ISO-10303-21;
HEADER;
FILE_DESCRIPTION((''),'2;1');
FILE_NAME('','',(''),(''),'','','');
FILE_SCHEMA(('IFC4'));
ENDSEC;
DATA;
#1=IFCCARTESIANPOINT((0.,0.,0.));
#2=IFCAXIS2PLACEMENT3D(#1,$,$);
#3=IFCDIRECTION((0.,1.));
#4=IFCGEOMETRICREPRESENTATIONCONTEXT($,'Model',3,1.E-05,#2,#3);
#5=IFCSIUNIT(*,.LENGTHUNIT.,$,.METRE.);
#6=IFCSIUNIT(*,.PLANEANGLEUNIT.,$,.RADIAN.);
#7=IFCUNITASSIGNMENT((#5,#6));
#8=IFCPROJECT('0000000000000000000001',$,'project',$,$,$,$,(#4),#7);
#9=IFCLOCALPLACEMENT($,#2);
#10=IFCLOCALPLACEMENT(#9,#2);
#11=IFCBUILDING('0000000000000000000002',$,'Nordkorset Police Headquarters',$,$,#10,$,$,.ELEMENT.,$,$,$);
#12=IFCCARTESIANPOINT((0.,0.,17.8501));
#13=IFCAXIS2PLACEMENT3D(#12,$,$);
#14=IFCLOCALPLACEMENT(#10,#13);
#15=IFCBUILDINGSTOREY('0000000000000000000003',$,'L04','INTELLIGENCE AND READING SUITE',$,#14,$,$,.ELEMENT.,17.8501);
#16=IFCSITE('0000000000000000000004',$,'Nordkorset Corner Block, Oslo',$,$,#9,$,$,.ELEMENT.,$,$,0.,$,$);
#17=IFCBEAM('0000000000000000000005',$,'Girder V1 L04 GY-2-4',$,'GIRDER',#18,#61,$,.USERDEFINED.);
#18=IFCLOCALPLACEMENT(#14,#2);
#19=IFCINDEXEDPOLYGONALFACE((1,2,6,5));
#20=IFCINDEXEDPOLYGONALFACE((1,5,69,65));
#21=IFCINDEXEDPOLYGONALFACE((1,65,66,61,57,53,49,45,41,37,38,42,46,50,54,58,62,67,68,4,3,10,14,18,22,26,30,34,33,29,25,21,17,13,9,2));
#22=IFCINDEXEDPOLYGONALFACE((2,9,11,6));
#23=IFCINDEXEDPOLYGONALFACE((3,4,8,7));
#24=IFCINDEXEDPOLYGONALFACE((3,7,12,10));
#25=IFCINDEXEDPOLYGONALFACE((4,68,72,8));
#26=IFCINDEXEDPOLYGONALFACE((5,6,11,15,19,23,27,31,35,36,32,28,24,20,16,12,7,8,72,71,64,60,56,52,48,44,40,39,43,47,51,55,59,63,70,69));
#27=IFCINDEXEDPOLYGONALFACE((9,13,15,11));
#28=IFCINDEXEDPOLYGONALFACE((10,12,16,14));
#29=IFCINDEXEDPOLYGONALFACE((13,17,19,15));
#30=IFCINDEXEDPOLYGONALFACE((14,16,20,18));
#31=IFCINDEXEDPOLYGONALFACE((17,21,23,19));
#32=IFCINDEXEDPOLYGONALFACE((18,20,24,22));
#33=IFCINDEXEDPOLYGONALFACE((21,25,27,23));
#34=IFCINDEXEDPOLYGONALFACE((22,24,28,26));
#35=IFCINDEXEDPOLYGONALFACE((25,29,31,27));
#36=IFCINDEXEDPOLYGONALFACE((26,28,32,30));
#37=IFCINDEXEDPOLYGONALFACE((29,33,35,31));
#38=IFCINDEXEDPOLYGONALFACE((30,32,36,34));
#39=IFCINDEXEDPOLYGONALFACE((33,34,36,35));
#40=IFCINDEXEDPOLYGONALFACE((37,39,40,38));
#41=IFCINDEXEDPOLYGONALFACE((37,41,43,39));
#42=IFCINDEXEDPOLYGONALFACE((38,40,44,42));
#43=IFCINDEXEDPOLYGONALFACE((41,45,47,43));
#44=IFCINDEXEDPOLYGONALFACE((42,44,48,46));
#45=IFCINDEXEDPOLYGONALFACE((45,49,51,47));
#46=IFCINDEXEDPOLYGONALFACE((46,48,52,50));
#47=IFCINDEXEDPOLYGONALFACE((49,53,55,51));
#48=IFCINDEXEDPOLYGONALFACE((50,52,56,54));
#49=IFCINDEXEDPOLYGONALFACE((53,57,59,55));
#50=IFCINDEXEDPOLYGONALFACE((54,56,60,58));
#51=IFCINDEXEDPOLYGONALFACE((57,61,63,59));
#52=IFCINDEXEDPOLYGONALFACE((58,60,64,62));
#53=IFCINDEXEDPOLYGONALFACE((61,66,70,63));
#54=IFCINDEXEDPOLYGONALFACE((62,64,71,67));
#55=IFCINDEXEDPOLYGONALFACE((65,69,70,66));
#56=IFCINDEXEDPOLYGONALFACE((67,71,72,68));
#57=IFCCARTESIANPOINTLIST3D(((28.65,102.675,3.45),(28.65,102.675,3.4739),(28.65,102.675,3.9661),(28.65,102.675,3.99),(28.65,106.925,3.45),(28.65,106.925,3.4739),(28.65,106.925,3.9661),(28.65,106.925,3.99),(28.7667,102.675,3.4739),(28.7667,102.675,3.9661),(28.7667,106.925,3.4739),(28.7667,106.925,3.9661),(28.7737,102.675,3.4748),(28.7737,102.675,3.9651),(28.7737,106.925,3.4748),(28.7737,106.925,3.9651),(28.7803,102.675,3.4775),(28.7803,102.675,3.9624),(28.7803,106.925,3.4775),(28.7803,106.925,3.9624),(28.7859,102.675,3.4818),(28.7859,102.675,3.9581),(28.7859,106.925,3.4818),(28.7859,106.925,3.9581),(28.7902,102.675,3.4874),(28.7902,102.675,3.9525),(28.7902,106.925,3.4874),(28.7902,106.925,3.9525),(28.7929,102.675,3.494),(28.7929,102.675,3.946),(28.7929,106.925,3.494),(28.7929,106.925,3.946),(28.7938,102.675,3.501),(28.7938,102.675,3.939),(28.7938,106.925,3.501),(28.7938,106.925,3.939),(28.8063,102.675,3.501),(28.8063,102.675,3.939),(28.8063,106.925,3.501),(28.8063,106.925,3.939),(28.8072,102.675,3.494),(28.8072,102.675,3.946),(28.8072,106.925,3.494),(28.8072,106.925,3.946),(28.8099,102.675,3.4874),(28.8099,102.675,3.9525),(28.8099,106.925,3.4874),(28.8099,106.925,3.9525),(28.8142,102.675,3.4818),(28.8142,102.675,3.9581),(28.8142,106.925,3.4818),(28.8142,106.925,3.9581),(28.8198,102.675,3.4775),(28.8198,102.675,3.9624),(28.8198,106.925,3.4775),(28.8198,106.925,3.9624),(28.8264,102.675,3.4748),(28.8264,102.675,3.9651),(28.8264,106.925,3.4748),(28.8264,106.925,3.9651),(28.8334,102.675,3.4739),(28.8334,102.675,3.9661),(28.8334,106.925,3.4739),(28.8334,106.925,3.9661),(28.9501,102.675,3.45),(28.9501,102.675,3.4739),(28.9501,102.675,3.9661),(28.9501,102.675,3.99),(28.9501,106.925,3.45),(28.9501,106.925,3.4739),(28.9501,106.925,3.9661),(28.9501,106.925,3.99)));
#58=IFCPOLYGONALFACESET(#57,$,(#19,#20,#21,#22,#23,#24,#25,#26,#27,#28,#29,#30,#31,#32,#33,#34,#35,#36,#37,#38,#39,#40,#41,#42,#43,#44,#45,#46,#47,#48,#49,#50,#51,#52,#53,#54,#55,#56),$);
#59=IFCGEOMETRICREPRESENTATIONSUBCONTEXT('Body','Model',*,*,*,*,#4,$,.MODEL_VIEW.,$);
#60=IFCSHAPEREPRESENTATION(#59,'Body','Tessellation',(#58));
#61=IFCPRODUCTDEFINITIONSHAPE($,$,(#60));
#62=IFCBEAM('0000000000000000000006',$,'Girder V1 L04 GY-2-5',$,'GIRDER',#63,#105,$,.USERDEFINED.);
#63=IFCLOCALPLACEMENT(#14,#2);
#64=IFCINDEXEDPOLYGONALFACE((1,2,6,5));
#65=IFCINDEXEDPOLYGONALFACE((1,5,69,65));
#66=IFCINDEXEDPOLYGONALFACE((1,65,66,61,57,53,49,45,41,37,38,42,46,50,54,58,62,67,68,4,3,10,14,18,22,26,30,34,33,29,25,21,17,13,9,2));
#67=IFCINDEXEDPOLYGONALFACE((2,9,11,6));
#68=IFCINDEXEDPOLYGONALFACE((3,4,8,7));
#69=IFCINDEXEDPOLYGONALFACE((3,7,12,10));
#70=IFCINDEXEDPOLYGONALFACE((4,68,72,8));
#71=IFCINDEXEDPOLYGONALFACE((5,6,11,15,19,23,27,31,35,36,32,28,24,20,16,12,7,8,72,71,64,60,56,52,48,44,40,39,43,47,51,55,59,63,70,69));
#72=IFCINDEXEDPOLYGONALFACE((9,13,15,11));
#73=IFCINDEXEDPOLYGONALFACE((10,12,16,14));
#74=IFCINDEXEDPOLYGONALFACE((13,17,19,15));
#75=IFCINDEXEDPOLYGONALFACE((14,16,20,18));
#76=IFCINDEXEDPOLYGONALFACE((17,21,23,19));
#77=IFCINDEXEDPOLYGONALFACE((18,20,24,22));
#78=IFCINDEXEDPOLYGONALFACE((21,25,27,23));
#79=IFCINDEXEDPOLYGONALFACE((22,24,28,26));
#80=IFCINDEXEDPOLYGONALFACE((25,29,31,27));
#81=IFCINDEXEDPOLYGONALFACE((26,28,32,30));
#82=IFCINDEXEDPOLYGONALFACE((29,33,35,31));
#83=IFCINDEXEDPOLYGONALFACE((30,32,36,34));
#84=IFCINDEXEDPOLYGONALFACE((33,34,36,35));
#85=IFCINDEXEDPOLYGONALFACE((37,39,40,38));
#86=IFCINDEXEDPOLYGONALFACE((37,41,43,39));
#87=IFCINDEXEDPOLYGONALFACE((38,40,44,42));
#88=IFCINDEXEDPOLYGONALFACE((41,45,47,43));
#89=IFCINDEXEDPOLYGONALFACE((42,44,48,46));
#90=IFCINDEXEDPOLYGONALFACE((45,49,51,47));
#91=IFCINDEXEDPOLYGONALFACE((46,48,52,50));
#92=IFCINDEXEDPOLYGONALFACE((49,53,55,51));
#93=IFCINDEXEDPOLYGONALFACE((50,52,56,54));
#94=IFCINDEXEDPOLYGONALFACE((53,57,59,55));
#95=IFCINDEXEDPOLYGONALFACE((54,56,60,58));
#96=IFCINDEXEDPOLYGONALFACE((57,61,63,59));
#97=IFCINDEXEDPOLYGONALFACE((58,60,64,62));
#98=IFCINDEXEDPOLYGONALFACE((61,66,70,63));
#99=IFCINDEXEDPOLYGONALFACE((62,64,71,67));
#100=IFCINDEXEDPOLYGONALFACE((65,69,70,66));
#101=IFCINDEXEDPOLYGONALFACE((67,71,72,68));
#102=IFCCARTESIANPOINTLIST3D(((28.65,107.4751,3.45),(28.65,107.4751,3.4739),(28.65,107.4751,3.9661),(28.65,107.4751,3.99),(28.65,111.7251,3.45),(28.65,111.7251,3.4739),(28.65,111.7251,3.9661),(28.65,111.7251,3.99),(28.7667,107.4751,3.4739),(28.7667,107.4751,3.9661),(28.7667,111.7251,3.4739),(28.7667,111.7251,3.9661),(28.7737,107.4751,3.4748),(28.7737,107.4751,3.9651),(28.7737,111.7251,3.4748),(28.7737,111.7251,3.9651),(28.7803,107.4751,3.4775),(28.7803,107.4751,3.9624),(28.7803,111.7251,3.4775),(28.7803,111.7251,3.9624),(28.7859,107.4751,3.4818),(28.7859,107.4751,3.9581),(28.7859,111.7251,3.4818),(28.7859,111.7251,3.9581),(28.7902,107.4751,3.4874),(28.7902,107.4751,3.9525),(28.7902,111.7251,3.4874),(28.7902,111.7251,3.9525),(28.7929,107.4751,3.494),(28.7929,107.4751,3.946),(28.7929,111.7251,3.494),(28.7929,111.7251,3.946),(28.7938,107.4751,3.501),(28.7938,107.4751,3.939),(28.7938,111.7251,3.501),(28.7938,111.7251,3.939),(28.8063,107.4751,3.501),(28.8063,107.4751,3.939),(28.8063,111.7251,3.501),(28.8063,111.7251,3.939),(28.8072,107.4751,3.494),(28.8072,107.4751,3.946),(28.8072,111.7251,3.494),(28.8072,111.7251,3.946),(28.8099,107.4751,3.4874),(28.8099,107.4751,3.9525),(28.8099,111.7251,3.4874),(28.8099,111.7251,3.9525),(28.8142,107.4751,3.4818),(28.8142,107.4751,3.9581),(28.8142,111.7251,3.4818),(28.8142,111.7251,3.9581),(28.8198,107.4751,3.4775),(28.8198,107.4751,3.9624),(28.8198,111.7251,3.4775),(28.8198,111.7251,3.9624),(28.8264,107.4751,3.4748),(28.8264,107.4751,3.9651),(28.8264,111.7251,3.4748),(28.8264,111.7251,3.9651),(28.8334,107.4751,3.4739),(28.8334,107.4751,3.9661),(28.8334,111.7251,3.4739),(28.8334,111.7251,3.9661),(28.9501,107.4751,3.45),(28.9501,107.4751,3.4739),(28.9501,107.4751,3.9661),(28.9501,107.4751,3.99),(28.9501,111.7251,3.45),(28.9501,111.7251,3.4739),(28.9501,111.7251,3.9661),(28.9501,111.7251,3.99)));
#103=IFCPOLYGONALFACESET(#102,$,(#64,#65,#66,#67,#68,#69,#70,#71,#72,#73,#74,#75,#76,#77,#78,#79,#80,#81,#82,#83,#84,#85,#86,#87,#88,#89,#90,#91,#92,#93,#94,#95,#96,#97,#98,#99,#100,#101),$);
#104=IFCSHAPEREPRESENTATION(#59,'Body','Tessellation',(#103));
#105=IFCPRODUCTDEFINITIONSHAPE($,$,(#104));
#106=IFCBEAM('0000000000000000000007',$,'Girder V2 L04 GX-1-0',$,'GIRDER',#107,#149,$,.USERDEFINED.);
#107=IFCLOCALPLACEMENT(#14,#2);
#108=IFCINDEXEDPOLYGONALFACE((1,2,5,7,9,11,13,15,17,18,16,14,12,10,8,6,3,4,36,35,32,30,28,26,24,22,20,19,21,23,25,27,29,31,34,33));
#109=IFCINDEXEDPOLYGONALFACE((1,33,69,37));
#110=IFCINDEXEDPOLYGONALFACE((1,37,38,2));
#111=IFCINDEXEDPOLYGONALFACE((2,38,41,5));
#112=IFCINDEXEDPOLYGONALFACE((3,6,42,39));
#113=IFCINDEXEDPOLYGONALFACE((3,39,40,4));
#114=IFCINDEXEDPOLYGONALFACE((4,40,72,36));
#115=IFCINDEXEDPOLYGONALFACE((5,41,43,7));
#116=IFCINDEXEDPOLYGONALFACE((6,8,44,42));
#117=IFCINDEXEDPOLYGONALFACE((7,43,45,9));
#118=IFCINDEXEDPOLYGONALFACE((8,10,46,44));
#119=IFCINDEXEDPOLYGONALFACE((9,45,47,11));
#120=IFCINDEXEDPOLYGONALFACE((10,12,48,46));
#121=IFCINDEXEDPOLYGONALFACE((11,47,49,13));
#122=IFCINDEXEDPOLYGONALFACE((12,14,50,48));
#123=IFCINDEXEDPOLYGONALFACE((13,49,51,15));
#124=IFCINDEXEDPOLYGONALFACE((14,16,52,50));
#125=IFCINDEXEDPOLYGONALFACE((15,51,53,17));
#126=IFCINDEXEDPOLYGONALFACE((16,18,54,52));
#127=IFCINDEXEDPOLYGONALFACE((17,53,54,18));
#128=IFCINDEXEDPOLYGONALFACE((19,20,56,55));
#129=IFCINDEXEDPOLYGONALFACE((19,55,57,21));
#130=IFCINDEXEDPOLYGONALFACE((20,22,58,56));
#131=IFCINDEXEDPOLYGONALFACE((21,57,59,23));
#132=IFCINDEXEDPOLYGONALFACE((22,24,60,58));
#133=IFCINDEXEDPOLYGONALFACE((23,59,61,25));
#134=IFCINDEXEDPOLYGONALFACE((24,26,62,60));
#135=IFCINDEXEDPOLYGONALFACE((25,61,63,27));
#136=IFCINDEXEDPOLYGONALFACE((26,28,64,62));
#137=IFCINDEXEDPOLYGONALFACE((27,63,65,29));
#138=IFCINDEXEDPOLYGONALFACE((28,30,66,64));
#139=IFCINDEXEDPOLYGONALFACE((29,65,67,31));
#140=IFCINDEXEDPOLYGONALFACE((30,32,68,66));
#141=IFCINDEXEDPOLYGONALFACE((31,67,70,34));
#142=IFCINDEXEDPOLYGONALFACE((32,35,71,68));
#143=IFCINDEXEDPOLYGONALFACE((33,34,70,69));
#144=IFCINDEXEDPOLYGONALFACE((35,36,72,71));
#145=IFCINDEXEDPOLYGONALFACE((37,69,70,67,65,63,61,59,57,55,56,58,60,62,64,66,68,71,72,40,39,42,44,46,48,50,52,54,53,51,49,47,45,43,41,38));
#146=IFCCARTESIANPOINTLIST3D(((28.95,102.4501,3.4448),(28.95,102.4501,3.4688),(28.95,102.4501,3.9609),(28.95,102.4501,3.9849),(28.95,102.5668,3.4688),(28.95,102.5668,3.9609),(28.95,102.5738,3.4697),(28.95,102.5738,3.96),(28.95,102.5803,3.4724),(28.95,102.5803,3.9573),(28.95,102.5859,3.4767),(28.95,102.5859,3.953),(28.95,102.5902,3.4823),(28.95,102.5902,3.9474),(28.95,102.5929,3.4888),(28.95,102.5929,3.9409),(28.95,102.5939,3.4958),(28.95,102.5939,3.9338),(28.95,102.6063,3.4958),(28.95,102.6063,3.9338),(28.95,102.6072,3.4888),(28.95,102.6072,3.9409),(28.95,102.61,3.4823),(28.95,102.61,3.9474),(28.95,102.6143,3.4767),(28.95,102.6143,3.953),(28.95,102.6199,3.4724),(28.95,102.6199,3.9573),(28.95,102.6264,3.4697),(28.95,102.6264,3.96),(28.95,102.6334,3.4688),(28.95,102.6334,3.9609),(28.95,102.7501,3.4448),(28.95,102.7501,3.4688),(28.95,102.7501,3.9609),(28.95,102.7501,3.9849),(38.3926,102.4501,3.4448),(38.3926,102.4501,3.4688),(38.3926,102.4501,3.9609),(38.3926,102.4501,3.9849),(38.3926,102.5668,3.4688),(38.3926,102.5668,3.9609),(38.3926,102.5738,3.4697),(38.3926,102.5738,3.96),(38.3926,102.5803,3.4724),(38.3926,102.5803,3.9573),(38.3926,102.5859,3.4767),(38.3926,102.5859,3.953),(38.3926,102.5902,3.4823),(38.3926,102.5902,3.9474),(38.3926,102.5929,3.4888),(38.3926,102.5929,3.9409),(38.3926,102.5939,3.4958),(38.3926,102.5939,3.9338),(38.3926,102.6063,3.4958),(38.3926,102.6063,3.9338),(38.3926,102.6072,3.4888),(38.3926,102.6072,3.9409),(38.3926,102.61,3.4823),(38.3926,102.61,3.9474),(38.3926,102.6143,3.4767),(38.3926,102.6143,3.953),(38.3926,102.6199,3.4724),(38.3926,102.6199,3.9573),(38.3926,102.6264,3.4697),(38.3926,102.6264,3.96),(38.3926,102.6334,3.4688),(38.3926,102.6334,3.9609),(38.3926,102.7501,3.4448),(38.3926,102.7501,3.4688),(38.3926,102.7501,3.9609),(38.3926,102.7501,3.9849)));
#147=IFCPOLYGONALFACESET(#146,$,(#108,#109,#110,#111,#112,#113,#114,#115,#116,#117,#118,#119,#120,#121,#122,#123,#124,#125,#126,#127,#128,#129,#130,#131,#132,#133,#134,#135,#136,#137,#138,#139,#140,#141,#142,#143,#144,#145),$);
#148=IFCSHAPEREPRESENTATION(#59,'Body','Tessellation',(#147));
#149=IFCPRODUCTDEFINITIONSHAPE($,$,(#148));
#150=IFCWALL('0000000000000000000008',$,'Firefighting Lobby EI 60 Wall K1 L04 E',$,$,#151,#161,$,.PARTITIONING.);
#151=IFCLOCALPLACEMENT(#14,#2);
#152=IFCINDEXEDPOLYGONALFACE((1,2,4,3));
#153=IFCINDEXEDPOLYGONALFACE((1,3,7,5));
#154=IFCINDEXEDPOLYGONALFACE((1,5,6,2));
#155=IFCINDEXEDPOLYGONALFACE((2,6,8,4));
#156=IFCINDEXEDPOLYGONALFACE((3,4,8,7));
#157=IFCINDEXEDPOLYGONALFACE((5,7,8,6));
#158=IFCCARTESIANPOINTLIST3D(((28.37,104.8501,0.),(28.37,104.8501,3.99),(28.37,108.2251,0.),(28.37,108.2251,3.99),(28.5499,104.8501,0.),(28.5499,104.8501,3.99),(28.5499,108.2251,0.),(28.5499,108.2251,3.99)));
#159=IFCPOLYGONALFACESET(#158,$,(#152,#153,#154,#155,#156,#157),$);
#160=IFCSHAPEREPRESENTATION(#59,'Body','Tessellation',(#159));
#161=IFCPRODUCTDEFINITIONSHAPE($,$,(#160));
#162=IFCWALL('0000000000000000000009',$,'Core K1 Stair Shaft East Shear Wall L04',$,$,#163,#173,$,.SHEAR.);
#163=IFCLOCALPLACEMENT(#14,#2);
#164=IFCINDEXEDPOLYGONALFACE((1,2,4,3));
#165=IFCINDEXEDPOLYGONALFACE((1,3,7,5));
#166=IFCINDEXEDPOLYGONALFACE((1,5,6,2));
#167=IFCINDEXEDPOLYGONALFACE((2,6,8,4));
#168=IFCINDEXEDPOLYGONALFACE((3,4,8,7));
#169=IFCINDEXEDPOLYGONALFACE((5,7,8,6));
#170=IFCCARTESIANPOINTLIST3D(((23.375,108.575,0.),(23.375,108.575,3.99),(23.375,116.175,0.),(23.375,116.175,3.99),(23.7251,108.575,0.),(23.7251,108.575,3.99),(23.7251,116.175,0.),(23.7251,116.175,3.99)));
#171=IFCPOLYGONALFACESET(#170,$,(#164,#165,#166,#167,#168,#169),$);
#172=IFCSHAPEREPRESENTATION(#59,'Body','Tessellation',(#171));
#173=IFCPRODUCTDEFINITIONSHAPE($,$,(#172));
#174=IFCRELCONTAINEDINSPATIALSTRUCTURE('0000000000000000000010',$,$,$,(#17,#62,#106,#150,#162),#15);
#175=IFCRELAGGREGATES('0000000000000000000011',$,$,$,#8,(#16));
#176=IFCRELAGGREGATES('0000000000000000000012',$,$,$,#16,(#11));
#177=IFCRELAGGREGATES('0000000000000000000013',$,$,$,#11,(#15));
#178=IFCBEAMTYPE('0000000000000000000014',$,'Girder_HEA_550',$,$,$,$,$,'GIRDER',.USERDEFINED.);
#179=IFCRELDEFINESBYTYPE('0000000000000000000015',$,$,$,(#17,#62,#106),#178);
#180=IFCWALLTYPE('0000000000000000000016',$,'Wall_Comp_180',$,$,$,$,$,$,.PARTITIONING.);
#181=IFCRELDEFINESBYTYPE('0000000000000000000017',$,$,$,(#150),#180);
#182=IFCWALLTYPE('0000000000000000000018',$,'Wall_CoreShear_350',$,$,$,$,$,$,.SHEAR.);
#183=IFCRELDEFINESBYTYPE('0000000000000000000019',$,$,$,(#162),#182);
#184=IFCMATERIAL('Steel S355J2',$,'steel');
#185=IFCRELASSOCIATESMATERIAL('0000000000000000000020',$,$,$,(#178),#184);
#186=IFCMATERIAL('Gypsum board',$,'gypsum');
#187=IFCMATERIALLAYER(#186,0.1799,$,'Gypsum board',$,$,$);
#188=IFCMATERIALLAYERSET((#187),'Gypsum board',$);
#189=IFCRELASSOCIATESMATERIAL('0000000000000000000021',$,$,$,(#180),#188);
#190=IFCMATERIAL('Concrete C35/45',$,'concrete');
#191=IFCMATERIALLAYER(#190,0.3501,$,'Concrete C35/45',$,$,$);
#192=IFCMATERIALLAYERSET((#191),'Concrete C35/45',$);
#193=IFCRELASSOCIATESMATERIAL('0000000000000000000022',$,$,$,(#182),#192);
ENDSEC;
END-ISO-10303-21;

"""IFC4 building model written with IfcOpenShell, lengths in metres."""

from ifc_helpers import new_model, si_unit, direction, frame, frame_2d, origin, origin_2d, place, context, subcontext, project, spatial, rectangle, i_section, extrude, material, layer, layer_set, material_profile, profile_set, type_object, element, save


model = new_model("IFC4")

# Units and contexts
model_context = context("Model", 3, precision=1e-05, world=origin(), true_north=direction((0.0, 1.0)))
body_context = subcontext(model_context, "Body", "Model", "MODEL_VIEW")
ifc_project = project(units=[si_unit("LENGTHUNIT", "METRE"), si_unit("PLANEANGLEUNIT", "RADIAN")], contexts=[model_context])

# Site, building, storey
site_placement = place(None, origin())
site = spatial("IfcSite", under=ifc_project, at=site_placement, Name="Nordkorset Corner Block, Oslo", CompositionType="ELEMENT", RefElevation=0.0)
building_placement = place(site_placement, origin())
building = spatial("IfcBuilding", under=site, at=building_placement, Name="Nordkorset Police Headquarters", CompositionType="ELEMENT")
storey_placement = place(building_placement, frame((0.0, 0.0, 17.8501)))
storey = spatial("IfcBuildingStorey", under=building, at=storey_placement, Name="L04", Description="INTELLIGENCE AND READING SUITE", CompositionType="ELEMENT", Elevation=17.8501)

# Beams
ifc_material_1 = material(Name="Steel S355J2", Category="steel")
ifc_material_profile_1 = material_profile(ifc_material_1, i_section(OverallWidth=0.3, OverallDepth=0.54, WebThickness=0.0125, FlangeThickness=0.0239, FilletRadius=0.0271, at=origin_2d()), Name="HEA 550")
ifc_profile_set_1 = profile_set([ifc_material_profile_1], Name="Steel S355J2")
beam_type_1 = type_object("IfcBeamType", Name="Girder_HEA_550", ElementType="GIRDER", PredefinedType="USERDEFINED", material=ifc_profile_set_1)
for number, where, z_axis, x_axis, name in (
    (1, (28.8, 102.675, 3.72), (0.0, 1.0, 0.0), (-1.0, 0.0, 0.0), "Girder V1 L04 GY-2-4"),
    (2, (28.8, 107.4751, 3.72), (0.0, 1.0, 0.0), (-1.0, 0.0, 0.0), "Girder V1 L04 GY-2-5"),
):
    element("IfcBeam", number, at=place(storey_placement, frame(where, z_axis=z_axis, x_axis=x_axis)), inside=storey, type_object=beam_type_1, Name=name, ObjectType="GIRDER", PredefinedType="USERDEFINED", context=body_context, shape_type="SweptSolid", body=[
        extrude(i_section(OverallWidth=0.3, OverallDepth=0.54, WebThickness=0.0125, FlangeThickness=0.0239, FilletRadius=0.0271, at=origin_2d()), origin(), (0.0, 0.0, 1.0), 4.25),
    ])
beam_placement = place(storey_placement, frame((28.95, 102.6001, 3.7148), z_axis=(1.0, 0.0, 0.0), x_axis=(0.0, 1.0, 0.0)))
element("IfcBeam", 3, at=beam_placement, inside=storey, type_object=beam_type_1, Name="Girder V2 L04 GX-1-0", ObjectType="GIRDER", PredefinedType="USERDEFINED", context=body_context, shape_type="SweptSolid", body=[
    extrude(i_section(OverallWidth=0.3, OverallDepth=0.54, WebThickness=0.0125, FlangeThickness=0.0239, FilletRadius=0.0271, at=origin_2d()), origin(), (0.0, 0.0, 1.0), 9.4426),
])

# Walls
ifc_material_2 = material(Name="Gypsum board", Category="gypsum")
ifc_layer_1 = layer(ifc_material_2, 0.1799, Name="Gypsum board")
ifc_layer_set_1 = layer_set([ifc_layer_1], Name="Gypsum board")
wall_type_1 = type_object("IfcWallType", Name="Wall_Comp_180", PredefinedType="PARTITIONING", material=ifc_layer_set_1)
wall_1_placement = place(storey_placement, frame((28.46, 104.8501, 0.0), z_axis=(0.0, 0.0, 1.0), x_axis=(0.0, 1.0, 0.0)))
element("IfcWall", 4, at=wall_1_placement, inside=storey, type_object=wall_type_1, Name="Firefighting Lobby EI 60 Wall K1 L04 E", PredefinedType="PARTITIONING", context=body_context, shape_type="SweptSolid", body=[
    extrude(rectangle(XDim=3.375, YDim=0.1799, at=frame_2d((1.6875, 0.0))), origin(), (0.0, 0.0, 1.0), 3.99),
])
ifc_material_3 = material(Name="Concrete C35/45", Category="concrete")
ifc_layer_2 = layer(ifc_material_3, 0.3501, Name="Concrete C35/45")
ifc_layer_set_2 = layer_set([ifc_layer_2], Name="Concrete C35/45")
wall_type_2 = type_object("IfcWallType", Name="Wall_CoreShear_350", PredefinedType="SHEAR", material=ifc_layer_set_2)
wall_2_placement = place(storey_placement, frame((23.55, 108.575, 0.0), z_axis=(0.0, 0.0, 1.0), x_axis=(0.0, 1.0, 0.0)))
element("IfcWall", 5, at=wall_2_placement, inside=storey, type_object=wall_type_2, Name="Core K1 Stair Shaft East Shear Wall L04", PredefinedType="SHEAR", context=body_context, shape_type="SweptSolid", body=[
    extrude(rectangle(XDim=7.6001, YDim=0.3501, at=frame_2d((3.8, 0.0))), origin(), (0.0, 0.0, 1.0), 3.99),
])

save(model, "model.ifc")
